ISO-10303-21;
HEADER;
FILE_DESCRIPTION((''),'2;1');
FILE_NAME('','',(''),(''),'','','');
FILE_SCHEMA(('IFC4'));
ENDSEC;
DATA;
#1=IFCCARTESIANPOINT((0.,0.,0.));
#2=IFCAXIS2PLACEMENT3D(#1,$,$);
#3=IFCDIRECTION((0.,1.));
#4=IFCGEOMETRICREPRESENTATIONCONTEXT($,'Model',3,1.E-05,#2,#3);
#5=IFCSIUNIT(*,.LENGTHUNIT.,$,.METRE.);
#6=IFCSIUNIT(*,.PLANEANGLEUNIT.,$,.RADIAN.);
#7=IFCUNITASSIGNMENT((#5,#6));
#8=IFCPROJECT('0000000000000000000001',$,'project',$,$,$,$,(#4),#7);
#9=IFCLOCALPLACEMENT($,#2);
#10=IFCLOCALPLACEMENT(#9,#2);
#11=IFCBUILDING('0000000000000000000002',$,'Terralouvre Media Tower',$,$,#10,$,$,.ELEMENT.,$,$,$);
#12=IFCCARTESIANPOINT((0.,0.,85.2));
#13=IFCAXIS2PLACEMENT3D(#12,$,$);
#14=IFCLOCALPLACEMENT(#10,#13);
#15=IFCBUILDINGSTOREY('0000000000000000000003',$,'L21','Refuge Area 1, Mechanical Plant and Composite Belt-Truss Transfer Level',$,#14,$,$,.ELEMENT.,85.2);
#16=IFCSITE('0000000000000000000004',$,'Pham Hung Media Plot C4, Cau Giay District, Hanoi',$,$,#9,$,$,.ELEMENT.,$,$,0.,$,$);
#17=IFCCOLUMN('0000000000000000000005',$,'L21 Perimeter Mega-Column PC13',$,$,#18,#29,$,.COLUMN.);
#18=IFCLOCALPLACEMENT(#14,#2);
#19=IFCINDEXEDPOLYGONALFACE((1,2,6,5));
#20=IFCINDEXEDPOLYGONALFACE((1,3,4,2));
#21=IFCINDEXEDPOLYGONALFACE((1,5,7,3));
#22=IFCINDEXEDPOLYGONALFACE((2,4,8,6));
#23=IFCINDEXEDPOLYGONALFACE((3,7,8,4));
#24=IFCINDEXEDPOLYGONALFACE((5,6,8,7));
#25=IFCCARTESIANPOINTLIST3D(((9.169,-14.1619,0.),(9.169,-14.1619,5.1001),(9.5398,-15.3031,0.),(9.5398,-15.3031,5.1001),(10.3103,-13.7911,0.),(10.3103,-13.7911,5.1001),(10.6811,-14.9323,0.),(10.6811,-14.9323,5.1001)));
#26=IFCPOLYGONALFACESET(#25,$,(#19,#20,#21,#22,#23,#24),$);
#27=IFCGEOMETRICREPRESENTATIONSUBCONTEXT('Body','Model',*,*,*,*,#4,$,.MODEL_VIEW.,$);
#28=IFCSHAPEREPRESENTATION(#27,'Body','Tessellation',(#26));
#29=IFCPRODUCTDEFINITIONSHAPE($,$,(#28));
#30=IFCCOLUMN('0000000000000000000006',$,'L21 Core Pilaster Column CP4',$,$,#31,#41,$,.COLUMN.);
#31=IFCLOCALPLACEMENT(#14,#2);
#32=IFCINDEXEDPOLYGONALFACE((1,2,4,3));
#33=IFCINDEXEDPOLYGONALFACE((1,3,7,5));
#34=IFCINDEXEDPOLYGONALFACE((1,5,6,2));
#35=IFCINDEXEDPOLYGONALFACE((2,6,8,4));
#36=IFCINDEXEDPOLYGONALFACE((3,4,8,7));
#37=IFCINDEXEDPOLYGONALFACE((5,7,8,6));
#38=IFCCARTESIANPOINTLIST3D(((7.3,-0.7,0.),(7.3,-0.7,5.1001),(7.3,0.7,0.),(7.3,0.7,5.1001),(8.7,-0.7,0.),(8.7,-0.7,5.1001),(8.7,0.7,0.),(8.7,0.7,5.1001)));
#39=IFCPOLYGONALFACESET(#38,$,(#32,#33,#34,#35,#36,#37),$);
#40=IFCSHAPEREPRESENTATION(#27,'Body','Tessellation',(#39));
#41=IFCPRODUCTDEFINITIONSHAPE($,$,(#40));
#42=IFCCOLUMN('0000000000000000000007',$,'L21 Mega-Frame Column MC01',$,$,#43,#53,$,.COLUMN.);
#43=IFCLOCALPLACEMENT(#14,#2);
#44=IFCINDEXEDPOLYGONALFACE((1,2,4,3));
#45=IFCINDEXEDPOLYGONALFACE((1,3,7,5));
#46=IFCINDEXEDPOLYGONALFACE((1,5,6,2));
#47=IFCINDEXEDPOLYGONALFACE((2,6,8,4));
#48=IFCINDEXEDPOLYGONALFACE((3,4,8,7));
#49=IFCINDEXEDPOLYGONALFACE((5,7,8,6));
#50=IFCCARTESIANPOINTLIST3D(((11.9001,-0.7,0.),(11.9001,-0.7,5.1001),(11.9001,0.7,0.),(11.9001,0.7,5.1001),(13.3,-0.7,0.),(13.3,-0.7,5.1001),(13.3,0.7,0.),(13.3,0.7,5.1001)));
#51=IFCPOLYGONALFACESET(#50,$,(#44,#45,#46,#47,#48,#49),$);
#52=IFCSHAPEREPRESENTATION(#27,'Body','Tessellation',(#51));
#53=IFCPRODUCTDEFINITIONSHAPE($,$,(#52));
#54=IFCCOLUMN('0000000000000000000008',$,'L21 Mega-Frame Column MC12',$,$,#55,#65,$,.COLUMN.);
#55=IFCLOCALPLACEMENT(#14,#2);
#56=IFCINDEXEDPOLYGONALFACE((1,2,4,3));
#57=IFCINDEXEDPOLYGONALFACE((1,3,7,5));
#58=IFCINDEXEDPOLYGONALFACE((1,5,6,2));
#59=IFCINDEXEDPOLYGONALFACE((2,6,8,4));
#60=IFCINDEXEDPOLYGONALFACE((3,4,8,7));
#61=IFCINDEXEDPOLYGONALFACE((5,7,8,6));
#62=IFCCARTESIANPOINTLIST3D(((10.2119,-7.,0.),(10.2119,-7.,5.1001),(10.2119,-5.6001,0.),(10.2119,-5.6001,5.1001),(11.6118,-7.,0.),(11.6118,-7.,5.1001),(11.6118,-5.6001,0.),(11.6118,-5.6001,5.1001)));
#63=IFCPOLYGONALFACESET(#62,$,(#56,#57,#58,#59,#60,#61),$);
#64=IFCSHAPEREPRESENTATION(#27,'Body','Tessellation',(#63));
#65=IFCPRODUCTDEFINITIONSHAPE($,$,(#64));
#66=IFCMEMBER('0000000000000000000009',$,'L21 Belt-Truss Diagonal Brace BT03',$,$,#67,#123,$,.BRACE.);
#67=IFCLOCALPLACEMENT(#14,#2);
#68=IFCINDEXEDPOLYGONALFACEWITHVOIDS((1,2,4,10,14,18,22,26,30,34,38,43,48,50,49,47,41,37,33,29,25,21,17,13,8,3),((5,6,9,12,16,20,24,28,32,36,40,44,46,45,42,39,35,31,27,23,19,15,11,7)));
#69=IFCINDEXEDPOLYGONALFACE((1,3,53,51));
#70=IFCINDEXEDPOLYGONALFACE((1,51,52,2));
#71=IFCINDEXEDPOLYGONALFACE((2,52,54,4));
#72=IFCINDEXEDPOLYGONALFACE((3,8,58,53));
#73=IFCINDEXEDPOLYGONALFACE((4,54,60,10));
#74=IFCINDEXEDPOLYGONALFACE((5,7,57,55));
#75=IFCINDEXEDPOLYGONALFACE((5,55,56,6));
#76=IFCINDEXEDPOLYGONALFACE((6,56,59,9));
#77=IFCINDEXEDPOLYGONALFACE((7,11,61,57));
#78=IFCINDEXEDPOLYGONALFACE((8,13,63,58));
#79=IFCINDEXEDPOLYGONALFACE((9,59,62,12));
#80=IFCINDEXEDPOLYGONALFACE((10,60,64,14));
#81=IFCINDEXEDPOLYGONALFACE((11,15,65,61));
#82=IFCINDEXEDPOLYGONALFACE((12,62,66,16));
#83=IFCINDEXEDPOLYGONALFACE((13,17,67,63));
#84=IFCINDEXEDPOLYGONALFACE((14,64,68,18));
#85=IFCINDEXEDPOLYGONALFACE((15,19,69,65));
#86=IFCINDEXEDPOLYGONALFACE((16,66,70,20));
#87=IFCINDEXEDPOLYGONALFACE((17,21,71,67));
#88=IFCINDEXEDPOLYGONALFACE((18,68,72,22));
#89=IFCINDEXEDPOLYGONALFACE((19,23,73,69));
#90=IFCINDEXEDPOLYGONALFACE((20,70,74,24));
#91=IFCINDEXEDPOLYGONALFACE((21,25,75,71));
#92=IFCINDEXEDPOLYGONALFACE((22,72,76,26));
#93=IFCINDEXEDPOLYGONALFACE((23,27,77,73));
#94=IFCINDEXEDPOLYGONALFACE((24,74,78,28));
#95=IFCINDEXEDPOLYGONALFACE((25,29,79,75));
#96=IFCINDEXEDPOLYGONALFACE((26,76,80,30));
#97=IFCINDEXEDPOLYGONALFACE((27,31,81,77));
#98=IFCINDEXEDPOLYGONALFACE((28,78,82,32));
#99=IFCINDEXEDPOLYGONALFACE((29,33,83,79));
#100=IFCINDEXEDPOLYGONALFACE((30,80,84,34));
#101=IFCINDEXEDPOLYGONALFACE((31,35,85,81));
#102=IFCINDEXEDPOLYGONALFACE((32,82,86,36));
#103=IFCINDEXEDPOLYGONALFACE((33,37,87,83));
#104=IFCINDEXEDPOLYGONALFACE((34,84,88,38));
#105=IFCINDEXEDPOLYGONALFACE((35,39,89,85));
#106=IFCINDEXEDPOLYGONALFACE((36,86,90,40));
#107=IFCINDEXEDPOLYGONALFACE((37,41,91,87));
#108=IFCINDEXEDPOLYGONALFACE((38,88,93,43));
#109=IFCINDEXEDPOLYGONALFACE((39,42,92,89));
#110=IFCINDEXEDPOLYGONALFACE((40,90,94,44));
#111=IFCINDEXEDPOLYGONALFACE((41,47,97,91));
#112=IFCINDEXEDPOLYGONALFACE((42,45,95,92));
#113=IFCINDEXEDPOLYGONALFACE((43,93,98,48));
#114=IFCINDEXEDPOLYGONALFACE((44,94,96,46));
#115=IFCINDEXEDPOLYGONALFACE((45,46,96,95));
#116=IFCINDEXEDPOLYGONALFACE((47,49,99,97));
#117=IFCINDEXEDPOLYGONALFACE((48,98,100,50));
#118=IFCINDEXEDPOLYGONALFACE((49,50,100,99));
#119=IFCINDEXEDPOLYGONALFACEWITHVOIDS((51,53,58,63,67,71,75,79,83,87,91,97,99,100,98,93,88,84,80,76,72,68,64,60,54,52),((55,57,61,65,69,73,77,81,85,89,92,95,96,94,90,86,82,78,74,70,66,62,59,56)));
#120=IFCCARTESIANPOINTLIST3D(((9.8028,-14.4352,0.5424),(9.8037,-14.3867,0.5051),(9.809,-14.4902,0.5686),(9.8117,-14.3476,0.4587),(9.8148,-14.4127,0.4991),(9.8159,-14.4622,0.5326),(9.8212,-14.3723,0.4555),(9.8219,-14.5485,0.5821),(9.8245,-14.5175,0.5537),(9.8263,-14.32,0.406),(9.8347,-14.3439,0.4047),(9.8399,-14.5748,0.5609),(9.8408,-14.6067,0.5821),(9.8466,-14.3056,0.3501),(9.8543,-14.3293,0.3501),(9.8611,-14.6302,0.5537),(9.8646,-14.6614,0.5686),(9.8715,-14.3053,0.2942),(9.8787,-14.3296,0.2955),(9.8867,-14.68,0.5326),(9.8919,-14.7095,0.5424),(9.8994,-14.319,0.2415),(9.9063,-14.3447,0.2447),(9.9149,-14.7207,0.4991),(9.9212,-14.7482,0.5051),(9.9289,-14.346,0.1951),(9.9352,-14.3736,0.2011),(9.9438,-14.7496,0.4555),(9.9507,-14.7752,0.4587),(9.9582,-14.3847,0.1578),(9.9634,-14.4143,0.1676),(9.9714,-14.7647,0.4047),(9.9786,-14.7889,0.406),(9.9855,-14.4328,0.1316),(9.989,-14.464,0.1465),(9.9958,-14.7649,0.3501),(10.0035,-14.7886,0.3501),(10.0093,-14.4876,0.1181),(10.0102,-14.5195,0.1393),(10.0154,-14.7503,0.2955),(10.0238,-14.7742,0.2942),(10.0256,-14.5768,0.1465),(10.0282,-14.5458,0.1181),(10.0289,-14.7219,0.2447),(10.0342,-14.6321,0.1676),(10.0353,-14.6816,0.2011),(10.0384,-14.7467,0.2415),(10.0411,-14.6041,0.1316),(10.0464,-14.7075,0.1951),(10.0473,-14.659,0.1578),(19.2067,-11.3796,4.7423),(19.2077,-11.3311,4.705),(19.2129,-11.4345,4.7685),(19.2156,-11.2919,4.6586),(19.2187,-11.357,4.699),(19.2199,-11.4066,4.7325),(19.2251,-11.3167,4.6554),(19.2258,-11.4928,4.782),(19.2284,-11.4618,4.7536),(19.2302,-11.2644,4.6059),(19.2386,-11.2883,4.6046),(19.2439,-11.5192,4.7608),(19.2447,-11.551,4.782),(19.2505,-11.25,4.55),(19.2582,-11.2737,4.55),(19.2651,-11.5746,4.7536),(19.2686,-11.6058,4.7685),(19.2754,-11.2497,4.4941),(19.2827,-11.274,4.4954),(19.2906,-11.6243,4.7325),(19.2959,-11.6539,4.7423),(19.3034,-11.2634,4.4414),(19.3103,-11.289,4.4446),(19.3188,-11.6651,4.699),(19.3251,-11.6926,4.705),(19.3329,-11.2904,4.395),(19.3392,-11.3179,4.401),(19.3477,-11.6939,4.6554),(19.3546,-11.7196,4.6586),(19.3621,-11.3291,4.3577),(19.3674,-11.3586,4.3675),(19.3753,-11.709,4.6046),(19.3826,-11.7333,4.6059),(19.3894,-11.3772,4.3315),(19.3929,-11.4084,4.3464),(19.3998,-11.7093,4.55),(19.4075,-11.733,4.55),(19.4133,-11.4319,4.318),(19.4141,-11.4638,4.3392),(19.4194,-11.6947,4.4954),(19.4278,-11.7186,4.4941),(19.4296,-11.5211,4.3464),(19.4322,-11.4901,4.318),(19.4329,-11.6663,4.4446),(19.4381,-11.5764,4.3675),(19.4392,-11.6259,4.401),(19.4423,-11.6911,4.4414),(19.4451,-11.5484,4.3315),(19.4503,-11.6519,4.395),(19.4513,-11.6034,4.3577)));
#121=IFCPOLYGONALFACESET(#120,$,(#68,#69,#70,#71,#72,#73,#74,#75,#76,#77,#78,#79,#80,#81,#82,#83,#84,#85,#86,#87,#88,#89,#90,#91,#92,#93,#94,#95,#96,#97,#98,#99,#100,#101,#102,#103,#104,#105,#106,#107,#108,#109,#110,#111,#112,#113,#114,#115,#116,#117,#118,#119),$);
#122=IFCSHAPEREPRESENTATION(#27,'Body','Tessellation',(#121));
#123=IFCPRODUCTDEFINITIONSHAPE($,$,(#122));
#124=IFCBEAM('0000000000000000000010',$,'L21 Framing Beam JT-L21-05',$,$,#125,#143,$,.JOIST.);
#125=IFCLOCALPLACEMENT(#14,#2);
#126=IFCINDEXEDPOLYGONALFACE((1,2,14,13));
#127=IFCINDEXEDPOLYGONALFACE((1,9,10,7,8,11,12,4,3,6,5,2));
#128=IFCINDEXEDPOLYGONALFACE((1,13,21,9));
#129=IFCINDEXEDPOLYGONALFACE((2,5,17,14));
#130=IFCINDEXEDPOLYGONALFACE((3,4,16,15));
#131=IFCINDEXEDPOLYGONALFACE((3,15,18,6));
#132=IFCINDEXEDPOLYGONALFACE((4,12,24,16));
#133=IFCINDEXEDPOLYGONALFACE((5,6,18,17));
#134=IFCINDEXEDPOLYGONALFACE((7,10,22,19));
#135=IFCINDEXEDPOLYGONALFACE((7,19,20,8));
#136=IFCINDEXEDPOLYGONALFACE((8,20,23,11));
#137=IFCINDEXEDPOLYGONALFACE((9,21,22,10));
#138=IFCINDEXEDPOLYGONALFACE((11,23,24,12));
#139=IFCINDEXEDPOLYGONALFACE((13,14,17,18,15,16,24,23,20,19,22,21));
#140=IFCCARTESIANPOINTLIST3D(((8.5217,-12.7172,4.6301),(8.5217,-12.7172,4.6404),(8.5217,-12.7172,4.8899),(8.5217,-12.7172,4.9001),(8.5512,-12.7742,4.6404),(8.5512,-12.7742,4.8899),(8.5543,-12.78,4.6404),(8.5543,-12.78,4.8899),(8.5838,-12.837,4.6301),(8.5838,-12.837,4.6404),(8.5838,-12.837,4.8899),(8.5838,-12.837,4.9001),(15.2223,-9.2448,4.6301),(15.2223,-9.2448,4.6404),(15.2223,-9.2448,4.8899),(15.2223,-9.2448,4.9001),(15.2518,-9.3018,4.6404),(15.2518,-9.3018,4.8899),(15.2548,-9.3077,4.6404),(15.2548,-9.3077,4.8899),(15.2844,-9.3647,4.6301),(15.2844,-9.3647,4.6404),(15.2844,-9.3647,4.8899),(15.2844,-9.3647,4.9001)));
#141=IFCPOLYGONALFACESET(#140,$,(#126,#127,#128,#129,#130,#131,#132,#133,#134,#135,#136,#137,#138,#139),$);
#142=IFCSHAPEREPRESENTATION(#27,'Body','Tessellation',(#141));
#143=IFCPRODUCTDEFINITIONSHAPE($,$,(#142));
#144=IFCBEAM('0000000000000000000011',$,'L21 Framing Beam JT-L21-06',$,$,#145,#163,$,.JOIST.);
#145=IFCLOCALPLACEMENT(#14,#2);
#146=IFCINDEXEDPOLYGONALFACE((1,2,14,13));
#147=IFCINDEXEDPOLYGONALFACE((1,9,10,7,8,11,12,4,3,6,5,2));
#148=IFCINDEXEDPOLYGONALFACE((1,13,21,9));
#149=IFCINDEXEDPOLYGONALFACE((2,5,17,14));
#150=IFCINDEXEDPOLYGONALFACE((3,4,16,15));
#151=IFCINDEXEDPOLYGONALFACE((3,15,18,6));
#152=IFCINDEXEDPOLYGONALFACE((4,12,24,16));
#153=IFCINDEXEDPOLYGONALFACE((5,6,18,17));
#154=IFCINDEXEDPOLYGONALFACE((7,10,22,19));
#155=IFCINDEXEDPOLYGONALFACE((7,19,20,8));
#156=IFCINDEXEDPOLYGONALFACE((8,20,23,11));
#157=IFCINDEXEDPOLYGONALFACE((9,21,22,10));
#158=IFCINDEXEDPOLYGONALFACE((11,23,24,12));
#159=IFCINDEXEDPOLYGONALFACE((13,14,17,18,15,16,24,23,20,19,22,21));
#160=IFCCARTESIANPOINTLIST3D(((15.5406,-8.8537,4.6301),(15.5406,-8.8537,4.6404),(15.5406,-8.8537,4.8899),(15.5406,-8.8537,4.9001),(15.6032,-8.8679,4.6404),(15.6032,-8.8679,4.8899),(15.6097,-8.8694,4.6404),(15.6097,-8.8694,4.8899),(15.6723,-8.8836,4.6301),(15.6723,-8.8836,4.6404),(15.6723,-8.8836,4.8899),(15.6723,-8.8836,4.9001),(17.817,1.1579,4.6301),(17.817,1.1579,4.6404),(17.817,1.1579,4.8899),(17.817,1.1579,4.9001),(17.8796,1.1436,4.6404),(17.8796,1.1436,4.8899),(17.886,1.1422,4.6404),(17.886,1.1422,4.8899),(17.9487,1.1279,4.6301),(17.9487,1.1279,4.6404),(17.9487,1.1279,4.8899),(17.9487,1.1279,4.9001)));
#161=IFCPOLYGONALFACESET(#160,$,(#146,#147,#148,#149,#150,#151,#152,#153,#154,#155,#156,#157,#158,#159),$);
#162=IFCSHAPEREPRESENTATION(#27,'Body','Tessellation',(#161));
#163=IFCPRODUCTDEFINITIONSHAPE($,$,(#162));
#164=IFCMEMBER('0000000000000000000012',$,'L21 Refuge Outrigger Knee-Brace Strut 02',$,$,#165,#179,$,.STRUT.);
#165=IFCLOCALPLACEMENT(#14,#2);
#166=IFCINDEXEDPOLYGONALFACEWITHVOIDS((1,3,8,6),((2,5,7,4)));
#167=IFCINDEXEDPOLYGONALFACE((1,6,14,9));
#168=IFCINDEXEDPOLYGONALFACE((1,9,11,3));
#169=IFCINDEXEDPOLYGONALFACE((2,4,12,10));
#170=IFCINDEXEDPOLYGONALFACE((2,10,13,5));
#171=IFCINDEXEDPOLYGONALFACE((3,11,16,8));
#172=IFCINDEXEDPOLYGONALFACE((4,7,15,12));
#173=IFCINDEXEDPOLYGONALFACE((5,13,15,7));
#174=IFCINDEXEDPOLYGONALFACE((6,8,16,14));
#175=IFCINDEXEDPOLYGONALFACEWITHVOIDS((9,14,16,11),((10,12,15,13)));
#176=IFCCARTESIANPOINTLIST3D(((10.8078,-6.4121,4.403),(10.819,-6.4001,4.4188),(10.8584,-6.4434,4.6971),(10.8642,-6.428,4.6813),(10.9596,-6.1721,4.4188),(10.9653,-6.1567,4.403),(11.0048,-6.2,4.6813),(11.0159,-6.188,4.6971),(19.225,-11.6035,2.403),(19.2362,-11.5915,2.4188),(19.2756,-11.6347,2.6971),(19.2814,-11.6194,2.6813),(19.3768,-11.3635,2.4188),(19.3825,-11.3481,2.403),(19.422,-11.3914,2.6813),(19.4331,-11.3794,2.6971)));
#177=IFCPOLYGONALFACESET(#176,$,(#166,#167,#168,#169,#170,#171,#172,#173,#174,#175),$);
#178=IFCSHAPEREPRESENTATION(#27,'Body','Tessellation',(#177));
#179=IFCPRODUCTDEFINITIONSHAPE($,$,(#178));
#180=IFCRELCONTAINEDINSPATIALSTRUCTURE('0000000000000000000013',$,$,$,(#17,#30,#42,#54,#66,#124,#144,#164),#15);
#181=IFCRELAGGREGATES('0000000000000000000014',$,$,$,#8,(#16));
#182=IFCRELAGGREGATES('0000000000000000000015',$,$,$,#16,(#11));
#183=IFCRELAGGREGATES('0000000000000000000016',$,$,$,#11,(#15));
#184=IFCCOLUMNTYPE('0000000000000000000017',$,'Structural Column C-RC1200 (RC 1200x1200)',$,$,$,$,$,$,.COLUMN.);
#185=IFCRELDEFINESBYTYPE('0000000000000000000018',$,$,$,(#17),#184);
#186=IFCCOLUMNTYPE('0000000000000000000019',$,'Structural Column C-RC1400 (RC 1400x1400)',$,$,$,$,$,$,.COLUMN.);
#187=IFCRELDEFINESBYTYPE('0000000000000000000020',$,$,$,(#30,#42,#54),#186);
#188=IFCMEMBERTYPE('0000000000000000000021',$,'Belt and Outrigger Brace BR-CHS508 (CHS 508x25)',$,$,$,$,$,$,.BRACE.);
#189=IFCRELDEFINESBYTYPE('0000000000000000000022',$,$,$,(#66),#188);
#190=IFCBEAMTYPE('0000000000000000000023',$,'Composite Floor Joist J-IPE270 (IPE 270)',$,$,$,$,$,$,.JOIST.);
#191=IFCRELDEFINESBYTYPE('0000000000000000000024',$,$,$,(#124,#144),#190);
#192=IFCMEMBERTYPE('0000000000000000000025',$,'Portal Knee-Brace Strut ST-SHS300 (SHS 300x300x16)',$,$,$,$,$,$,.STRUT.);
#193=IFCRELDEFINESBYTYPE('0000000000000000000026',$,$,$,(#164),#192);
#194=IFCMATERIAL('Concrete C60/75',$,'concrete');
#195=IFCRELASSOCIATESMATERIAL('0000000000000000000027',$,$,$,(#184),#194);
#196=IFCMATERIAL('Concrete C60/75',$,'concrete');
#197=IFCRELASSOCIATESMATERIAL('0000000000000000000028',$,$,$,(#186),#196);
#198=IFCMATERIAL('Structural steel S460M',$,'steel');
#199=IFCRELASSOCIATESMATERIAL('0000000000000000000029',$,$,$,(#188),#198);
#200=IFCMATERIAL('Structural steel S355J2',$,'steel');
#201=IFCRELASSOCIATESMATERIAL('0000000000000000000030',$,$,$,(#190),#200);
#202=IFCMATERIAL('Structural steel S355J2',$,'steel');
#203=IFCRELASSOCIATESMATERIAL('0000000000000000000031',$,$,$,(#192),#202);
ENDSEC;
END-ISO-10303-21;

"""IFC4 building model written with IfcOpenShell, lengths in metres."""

from ifc_helpers import new_model, si_unit, direction, frame, origin, origin_2d, place, context, subcontext, project, spatial, rectangle, hollow_rectangle, hollow_circle, i_section, extrude, material, material_profile, profile_set, type_object, element, save


model = new_model("IFC4")

# Units and contexts
model_context = context("Model", 3, precision=1e-05, world=origin(), true_north=direction((0.0, 1.0)))
body_context = subcontext(model_context, "Body", "Model", "MODEL_VIEW")
ifc_project = project(units=[si_unit("LENGTHUNIT", "METRE"), si_unit("PLANEANGLEUNIT", "RADIAN")], contexts=[model_context])

# Site, building, storey
site_placement = place(None, origin())
site = spatial("IfcSite", under=ifc_project, at=site_placement, Name="Pham Hung Media Plot C4, Cau Giay District, Hanoi", CompositionType="ELEMENT", RefElevation=0.0)
building_placement = place(site_placement, origin())
building = spatial("IfcBuilding", under=site, at=building_placement, Name="Terralouvre Media Tower", CompositionType="ELEMENT")
storey_placement = place(building_placement, frame((0.0, 0.0, 85.2)))
storey = spatial("IfcBuildingStorey", under=building, at=storey_placement, Name="L21", Description="Refuge Area 1, Mechanical Plant and Composite Belt-Truss Transfer Level", CompositionType="ELEMENT", Elevation=85.2)

# Columns
ifc_material_1 = material(Name="Concrete C60/75", Category="concrete")
ifc_material_profile_1 = material_profile(ifc_material_1, rectangle(XDim=1.2, YDim=1.2, at=origin_2d()), Name="RC 1200x1200")
ifc_profile_set_1 = profile_set([ifc_material_profile_1], Name="Concrete C60/75")
column_type_1 = type_object("IfcColumnType", Name="Structural Column C-RC1200 (RC 1200x1200)", PredefinedType="COLUMN", material=ifc_profile_set_1)
column_placement = place(storey_placement, frame((9.925, -14.5471, 0.0), z_axis=(0.0, 0.0, 1.0), x_axis=(0.951057, 0.309017, 0.0)))
element("IfcColumn", 1, at=column_placement, inside=storey, type_object=column_type_1, Name="L21 Perimeter Mega-Column PC13", PredefinedType="COLUMN", context=body_context, shape_type="SweptSolid", body=[
    extrude(rectangle(XDim=1.2, YDim=1.2, at=origin_2d()), origin(), (0.0, 0.0, 1.0), 5.1001),
])
ifc_material_2 = material(Name="Concrete C60/75", Category="concrete")
ifc_material_profile_2 = material_profile(ifc_material_2, rectangle(XDim=1.3999, YDim=1.3999, at=origin_2d()), Name="RC 1400x1400")
ifc_profile_set_2 = profile_set([ifc_material_profile_2], Name="Concrete C60/75")
column_type_2 = type_object("IfcColumnType", Name="Structural Column C-RC1400 (RC 1400x1400)", PredefinedType="COLUMN", material=ifc_profile_set_2)
for number, where, z_axis, x_axis, name in (
    (2, (8.0, 0.0, 0.0), (0.0, 0.0, 1.0), (1.0, 0.0, 0.0), "L21 Core Pilaster Column CP4"),
    (3, (12.6001, 0.0, 0.0), (0.0, 0.0, 1.0), (1.0, 0.0, 0.0), "L21 Mega-Frame Column MC01"),
    (4, (10.9119, -6.3, 0.0), (0.0, 0.0, 1.0), (1.0, 0.0, 0.0), "L21 Mega-Frame Column MC12"),
):
    element("IfcColumn", number, at=place(storey_placement, frame(where, z_axis=z_axis, x_axis=x_axis)), inside=storey, type_object=column_type_2, Name=name, PredefinedType="COLUMN", context=body_context, shape_type="SweptSolid", body=[
        extrude(rectangle(XDim=1.3999, YDim=1.3999, at=origin_2d()), origin(), (0.0, 0.0, 1.0), 5.1001),
    ])

# Member
ifc_material_3 = material(Name="Structural steel S460M", Category="steel")
ifc_material_profile_3 = material_profile(ifc_material_3, hollow_circle(Radius=0.2539, WallThickness=0.0249, at=origin_2d()), Name="CHS 508x25")
ifc_profile_set_3 = profile_set([ifc_material_profile_3], Name="Structural steel S460M")
member_type_1 = type_object("IfcMemberType", Name="Belt and Outrigger Brace BR-CHS508 (CHS 508x25)", PredefinedType="BRACE", material=ifc_profile_set_3)
member_1_placement = place(storey_placement, frame((9.925, -14.5471, 0.3501), z_axis=(0.875362, 0.284432, 0.390946), x_axis=(-0.309026, 0.951053, 0.0)))
element("IfcMember", 5, at=member_1_placement, inside=storey, type_object=member_type_1, Name="L21 Belt-Truss Diagonal Brace BT03", PredefinedType="BRACE", context=body_context, shape_type="SweptSolid", body=[
    extrude(hollow_circle(Radius=0.2539, WallThickness=0.0249, at=origin_2d()), origin(), (0.0, 0.0, 1.0), 10.7429),
])

# Beams
ifc_material_4 = material(Name="Structural steel S355J2", Category="steel")
ifc_material_profile_4 = material_profile(ifc_material_4, i_section(OverallWidth=0.135, OverallDepth=0.27, WebThickness=0.0066, FlangeThickness=0.0103, at=origin_2d()), Name="IPE 270")
ifc_profile_set_4 = profile_set([ifc_material_profile_4], Name="Structural steel S355J2")
beam_type_1 = type_object("IfcBeamType", Name="Composite Floor Joist J-IPE270 (IPE 270)", PredefinedType="JOIST", material=ifc_profile_set_4)
beam_1_placement = place(storey_placement, frame((8.5527, -12.7771, 4.7651), z_axis=(0.887864, 0.460107, 0.0), x_axis=(-0.460107, 0.887864, 0.0)))
element("IfcBeam", 6, at=beam_1_placement, inside=storey, type_object=beam_type_1, Name="L21 Framing Beam JT-L21-05", PredefinedType="JOIST", context=body_context, shape_type="SweptSolid", body=[
    extrude(i_section(OverallWidth=0.135, OverallDepth=0.27, WebThickness=0.0066, FlangeThickness=0.0103, at=origin_2d()), origin(), (0.0, 0.0, 1.0), 7.5469),
])
beam_2_placement = place(storey_placement, frame((15.6064, -8.8687, 4.7651), z_axis=(0.221717, 0.975111, 0.0), x_axis=(-0.975111, 0.221717, 0.0)))
element("IfcBeam", 7, at=beam_2_placement, inside=storey, type_object=beam_type_1, Name="L21 Framing Beam JT-L21-06", PredefinedType="JOIST", context=body_context, shape_type="SweptSolid", body=[
    extrude(i_section(OverallWidth=0.135, OverallDepth=0.27, WebThickness=0.0066, FlangeThickness=0.0103, at=origin_2d()), origin(), (0.0, 0.0, 1.0), 10.2671),
])

# Member
ifc_material_5 = material(Name="Structural steel S355J2", Category="steel")
ifc_material_profile_5 = material_profile(ifc_material_5, hollow_rectangle(XDim=0.3, YDim=0.3, WallThickness=0.0161, at=origin_2d()), Name="SHS 300x300x16")
ifc_profile_set_5 = profile_set([ifc_material_profile_5], Name="Structural steel S355J2")
member_type_2 = type_object("IfcMemberType", Name="Portal Knee-Brace Strut ST-SHS300 (SHS 300x300x16)", PredefinedType="STRUT", material=ifc_profile_set_5)
member_2_placement = place(storey_placement, frame((10.9119, -6.3, 4.55), z_axis=(0.834247, -0.514529, -0.198223), x_axis=(0.524946, 0.851136, 0.0)))
element("IfcMember", 8, at=member_2_placement, inside=storey, type_object=member_type_2, Name="L21 Refuge Outrigger Knee-Brace Strut 02", PredefinedType="STRUT", context=body_context, shape_type="SweptSolid", body=[
    extrude(hollow_rectangle(XDim=0.3, YDim=0.3, WallThickness=0.0161, at=origin_2d()), origin(), (0.0, 0.0, 1.0), 10.0896),
])

save(model, "model.ifc")
